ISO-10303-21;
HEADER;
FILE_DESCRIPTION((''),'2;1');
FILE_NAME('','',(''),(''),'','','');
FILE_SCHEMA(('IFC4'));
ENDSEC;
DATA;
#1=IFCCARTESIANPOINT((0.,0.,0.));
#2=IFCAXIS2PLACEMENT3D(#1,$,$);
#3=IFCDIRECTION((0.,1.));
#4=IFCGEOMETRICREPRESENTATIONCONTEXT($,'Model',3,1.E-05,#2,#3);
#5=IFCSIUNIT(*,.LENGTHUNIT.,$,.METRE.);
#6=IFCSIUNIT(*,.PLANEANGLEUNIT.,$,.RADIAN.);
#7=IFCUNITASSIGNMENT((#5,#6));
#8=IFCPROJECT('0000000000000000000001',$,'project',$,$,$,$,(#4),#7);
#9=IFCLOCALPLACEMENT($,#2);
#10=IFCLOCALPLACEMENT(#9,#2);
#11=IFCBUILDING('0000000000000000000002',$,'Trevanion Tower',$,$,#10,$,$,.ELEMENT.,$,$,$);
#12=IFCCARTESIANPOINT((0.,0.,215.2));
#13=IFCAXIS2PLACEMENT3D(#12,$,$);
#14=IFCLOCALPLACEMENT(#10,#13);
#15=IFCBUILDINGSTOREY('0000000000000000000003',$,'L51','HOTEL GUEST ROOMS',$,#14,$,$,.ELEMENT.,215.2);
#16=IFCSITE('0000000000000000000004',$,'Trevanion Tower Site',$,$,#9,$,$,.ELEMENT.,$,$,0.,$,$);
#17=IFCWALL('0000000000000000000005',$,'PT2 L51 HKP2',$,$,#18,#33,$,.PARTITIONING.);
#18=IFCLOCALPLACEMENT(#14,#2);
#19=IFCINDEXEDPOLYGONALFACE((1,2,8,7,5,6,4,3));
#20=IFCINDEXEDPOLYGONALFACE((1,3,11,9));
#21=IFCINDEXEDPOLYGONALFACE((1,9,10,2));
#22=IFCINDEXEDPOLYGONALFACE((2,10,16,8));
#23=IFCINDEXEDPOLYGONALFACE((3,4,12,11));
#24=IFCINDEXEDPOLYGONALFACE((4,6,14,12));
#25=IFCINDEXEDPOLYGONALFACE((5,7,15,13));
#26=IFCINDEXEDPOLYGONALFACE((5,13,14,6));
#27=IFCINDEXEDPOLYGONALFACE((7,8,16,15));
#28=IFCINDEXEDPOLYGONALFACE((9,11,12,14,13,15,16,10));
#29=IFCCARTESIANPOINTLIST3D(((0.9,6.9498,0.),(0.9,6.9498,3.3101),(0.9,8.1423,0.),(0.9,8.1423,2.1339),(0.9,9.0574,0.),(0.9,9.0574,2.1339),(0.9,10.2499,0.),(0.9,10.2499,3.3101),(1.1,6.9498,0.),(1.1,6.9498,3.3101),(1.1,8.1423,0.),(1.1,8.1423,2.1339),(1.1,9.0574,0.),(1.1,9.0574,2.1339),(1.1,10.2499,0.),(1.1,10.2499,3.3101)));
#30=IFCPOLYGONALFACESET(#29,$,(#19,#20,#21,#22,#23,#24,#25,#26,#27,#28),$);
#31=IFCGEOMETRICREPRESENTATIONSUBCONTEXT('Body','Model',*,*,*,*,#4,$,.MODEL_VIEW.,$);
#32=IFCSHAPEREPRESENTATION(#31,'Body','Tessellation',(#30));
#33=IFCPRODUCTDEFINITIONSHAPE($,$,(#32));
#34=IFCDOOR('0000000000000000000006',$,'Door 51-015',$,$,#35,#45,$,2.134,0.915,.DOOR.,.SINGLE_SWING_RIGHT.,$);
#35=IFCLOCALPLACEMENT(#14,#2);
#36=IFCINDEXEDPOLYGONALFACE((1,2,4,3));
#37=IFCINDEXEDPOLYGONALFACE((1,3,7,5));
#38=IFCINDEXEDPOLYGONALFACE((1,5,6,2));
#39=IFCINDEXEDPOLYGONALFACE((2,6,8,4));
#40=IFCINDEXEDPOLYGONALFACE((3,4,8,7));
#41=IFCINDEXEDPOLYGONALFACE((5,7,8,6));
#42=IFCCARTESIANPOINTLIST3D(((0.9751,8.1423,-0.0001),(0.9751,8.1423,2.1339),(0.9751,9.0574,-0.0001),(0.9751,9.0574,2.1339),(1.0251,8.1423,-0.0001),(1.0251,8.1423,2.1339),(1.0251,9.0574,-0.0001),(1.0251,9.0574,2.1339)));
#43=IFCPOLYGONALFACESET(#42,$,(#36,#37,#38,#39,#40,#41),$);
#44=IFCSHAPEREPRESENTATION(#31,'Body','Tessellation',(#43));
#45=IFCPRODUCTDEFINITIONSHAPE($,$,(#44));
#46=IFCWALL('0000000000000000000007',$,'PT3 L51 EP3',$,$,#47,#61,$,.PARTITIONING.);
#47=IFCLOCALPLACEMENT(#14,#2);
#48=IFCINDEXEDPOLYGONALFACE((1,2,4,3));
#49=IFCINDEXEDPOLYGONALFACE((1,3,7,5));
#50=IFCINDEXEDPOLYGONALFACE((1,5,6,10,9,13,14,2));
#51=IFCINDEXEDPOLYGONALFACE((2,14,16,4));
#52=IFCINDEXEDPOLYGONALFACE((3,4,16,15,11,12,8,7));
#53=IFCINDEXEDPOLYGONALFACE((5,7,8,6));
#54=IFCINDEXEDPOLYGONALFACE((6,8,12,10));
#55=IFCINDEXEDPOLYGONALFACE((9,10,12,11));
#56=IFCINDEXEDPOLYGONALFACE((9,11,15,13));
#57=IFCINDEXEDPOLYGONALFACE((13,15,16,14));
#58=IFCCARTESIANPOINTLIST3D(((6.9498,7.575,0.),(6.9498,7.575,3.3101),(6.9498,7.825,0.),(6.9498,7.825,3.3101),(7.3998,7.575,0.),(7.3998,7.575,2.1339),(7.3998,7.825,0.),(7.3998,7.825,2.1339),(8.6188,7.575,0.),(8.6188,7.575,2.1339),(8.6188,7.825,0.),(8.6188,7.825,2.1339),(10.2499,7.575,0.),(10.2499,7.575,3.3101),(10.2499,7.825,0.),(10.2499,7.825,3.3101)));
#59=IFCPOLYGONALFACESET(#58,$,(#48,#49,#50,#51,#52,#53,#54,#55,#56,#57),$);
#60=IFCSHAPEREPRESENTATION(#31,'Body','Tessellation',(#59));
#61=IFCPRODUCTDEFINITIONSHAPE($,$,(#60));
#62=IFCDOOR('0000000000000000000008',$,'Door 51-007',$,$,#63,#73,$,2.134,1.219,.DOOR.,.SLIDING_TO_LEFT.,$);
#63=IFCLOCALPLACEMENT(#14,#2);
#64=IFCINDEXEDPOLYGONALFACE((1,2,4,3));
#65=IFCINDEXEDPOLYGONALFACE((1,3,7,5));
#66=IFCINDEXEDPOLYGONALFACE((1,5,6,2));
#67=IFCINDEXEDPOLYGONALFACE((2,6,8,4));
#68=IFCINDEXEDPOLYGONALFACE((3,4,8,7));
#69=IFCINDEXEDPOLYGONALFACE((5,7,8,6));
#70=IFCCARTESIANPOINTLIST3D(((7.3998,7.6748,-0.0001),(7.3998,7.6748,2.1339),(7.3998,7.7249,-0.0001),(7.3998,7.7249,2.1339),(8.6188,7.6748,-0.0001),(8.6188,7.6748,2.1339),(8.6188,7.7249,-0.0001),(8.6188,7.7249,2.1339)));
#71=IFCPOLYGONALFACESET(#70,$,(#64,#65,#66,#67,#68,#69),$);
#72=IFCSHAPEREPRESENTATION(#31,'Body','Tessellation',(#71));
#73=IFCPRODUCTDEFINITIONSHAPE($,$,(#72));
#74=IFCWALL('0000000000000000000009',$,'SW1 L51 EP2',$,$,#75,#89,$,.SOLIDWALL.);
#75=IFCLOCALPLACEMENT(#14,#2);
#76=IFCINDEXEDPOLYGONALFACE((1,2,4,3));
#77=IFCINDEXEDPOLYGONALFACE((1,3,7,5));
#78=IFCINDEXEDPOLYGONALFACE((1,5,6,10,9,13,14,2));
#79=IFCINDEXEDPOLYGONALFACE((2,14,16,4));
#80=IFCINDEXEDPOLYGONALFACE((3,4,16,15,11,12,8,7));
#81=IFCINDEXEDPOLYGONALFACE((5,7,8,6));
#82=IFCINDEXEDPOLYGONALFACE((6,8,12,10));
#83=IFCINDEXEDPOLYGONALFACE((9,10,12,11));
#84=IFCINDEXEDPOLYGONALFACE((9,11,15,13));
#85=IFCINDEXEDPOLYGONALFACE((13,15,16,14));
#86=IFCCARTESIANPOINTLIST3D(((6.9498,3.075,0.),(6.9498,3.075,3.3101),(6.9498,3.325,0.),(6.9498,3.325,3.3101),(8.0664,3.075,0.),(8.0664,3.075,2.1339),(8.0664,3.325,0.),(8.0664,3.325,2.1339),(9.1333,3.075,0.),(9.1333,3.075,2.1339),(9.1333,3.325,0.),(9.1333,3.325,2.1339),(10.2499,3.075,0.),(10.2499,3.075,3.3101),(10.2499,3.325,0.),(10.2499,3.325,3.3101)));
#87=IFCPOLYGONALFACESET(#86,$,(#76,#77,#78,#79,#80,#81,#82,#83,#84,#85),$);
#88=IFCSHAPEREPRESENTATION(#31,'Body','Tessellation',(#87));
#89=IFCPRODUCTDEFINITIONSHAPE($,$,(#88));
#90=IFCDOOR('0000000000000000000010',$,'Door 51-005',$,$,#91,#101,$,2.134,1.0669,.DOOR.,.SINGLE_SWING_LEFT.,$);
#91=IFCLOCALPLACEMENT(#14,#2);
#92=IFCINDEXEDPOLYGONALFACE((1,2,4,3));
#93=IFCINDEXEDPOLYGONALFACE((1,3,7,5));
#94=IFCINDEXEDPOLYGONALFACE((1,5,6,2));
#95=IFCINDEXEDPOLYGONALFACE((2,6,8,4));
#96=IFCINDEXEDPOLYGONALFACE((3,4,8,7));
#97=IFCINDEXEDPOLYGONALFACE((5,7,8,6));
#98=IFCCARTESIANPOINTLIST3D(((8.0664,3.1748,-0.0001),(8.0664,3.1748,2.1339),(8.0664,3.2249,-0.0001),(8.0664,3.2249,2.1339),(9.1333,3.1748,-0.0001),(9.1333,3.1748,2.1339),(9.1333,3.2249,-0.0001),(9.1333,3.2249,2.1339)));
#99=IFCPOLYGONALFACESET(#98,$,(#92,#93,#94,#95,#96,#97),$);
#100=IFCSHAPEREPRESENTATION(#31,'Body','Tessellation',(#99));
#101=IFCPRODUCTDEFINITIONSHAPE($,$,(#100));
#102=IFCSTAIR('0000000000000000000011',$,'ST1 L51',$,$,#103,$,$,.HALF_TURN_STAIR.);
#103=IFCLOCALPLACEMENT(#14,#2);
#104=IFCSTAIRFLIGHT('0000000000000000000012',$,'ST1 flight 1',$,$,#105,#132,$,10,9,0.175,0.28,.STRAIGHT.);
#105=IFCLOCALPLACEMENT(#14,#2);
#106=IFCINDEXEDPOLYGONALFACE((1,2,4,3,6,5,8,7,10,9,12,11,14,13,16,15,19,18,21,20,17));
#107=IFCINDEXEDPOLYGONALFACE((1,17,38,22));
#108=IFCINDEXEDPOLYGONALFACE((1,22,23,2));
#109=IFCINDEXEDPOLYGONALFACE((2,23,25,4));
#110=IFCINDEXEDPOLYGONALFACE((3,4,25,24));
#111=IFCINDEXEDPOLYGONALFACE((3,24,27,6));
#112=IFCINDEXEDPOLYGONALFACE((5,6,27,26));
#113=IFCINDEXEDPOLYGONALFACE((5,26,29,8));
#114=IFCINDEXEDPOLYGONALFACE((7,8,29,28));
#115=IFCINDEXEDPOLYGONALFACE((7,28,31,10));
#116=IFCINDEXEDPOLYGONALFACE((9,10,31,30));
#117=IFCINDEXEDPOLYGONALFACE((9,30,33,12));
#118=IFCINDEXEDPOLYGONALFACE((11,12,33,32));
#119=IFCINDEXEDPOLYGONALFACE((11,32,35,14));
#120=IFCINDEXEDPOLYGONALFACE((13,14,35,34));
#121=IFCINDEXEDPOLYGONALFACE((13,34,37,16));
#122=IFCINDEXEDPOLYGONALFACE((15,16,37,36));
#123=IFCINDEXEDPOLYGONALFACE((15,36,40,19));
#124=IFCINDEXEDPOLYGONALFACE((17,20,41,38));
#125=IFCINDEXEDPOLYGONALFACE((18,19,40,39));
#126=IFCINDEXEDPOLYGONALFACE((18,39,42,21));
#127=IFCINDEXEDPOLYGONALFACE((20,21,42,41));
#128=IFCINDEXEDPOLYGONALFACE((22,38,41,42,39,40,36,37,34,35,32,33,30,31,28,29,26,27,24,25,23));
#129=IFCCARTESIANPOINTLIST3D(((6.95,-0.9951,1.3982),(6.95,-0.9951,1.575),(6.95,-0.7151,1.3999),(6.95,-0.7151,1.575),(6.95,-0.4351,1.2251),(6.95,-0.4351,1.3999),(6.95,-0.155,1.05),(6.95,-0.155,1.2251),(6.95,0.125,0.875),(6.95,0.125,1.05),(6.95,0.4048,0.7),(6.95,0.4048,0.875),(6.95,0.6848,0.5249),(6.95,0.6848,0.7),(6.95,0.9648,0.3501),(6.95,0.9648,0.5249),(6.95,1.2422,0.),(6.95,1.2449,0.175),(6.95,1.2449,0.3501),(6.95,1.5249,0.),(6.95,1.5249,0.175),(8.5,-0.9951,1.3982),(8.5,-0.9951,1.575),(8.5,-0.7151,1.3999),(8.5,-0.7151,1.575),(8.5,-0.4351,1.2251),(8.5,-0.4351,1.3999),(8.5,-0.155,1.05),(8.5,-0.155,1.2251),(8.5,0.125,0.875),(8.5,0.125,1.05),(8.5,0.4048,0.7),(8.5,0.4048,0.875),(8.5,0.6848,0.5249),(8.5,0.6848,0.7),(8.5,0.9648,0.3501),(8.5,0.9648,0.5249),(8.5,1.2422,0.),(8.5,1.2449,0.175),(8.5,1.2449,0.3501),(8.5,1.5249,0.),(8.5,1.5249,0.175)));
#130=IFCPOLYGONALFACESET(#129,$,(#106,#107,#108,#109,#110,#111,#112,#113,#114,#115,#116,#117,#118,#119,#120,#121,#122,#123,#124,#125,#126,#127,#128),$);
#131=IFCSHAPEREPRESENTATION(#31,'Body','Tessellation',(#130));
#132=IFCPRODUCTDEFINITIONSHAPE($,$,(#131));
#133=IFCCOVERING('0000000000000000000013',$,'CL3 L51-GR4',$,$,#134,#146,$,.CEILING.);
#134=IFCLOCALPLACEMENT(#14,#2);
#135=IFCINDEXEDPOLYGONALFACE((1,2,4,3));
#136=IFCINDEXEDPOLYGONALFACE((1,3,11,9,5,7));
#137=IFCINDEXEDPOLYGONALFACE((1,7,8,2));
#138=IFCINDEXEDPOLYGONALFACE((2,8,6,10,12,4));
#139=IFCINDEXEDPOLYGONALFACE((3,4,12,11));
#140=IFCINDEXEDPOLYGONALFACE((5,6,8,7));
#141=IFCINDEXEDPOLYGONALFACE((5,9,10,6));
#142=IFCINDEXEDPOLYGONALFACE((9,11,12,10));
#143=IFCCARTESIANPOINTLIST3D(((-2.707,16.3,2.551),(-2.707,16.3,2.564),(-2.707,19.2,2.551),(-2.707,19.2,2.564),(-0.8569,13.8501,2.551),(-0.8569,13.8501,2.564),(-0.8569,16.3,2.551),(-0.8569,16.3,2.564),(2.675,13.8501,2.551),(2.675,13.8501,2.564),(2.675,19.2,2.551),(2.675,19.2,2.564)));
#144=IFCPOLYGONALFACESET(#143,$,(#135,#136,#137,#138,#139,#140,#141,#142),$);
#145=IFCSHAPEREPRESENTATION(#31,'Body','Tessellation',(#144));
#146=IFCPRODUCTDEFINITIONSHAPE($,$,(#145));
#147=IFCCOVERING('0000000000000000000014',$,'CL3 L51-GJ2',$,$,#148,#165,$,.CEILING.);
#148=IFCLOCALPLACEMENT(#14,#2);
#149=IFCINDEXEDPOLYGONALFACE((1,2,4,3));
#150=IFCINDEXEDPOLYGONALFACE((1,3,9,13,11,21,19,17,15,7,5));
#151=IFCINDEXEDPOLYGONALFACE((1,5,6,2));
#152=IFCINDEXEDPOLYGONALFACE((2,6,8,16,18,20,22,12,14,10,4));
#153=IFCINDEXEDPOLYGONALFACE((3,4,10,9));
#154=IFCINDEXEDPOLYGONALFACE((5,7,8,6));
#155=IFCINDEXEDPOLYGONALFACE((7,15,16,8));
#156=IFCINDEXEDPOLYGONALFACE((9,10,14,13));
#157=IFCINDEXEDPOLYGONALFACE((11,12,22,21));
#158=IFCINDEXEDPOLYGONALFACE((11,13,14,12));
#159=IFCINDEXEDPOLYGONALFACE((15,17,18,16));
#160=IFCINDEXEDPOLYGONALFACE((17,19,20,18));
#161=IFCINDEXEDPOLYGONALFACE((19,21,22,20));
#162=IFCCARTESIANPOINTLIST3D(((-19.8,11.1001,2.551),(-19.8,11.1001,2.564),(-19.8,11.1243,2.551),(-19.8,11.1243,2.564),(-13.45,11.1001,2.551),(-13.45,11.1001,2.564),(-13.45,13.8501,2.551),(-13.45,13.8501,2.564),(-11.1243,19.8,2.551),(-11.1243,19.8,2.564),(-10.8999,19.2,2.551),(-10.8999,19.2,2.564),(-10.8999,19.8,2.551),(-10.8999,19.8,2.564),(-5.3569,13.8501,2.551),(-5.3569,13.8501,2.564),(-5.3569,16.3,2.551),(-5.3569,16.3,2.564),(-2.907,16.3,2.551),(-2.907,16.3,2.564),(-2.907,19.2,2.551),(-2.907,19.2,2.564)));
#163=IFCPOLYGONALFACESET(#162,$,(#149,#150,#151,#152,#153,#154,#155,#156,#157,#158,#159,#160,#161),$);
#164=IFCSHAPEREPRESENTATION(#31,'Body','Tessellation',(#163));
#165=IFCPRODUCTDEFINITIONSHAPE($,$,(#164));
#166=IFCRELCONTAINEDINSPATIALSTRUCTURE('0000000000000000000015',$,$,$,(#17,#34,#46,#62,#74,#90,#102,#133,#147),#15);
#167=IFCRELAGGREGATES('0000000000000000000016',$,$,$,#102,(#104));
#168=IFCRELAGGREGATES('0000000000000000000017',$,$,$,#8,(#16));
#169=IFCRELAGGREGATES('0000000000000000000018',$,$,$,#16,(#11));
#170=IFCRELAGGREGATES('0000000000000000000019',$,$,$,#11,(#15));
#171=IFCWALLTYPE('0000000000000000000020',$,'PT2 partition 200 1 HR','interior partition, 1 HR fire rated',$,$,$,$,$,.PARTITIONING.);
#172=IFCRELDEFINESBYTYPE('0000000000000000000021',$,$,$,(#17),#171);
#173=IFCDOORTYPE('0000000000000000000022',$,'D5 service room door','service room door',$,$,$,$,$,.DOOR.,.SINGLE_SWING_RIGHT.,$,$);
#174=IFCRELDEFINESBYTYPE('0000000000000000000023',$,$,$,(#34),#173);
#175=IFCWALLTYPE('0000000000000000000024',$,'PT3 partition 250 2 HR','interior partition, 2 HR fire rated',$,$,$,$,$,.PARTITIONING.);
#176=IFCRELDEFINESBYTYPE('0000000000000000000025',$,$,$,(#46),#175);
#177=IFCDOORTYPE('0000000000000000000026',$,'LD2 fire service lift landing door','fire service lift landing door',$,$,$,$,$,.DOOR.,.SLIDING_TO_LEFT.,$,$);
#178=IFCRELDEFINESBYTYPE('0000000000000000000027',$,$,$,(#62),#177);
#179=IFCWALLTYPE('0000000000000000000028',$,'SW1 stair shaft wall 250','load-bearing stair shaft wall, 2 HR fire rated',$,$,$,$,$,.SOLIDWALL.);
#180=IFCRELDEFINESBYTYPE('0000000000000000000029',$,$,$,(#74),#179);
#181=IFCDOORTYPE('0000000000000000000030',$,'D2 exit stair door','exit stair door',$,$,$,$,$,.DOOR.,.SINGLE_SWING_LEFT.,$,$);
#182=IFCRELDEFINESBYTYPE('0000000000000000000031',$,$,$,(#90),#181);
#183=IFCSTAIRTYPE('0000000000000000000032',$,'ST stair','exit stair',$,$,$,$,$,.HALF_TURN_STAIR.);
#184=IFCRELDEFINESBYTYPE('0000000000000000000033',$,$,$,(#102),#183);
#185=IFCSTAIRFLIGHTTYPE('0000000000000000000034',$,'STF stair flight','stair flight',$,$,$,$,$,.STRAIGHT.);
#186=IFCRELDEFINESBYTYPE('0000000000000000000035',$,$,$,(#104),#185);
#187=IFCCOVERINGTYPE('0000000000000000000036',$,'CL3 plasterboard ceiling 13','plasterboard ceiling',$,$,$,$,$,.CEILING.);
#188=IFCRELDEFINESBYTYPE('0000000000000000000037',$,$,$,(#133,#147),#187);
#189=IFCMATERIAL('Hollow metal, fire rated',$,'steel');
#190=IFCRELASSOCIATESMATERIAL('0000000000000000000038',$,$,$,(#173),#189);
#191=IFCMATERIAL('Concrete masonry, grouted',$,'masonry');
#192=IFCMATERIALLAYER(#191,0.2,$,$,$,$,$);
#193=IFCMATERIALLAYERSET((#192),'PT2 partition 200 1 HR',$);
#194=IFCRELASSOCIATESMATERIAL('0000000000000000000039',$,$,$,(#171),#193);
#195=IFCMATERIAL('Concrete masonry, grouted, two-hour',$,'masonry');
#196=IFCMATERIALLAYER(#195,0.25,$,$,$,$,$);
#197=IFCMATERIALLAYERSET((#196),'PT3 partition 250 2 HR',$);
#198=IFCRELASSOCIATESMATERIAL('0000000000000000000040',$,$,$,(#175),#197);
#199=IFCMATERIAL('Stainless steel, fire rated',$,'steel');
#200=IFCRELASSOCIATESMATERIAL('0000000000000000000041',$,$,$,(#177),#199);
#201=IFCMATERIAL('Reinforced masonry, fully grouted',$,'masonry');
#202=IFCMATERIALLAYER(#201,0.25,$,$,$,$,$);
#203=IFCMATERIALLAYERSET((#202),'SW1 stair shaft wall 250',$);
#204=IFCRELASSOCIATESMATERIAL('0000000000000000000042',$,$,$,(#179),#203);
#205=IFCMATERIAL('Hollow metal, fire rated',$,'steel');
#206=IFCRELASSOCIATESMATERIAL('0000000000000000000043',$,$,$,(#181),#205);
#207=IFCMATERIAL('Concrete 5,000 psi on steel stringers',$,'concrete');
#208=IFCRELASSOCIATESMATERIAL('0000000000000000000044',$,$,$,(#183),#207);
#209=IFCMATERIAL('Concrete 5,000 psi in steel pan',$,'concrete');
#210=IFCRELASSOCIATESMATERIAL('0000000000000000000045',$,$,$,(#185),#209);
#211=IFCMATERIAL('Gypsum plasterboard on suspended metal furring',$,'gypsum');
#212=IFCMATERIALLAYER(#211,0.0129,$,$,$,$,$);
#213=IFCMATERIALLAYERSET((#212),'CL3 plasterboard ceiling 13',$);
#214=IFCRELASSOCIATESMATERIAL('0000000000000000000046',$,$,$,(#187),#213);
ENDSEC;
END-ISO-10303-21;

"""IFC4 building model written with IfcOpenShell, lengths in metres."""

from ifc_helpers import new_model, si_unit, direction, frame, frame_2d, origin, place, context, subcontext, project, spatial, polyline, rectangle, outline, extrude, material, layer, layer_set, type_object, element, fill, aggregate, save


model = new_model("IFC4")

# Units and contexts
model_context = context("Model", 3, precision=1e-05, world=origin(), true_north=direction((0.0, 1.0)))
body_context = subcontext(model_context, "Body", "Model", "MODEL_VIEW")
ifc_project = project(units=[si_unit("LENGTHUNIT", "METRE"), si_unit("PLANEANGLEUNIT", "RADIAN")], contexts=[model_context])

# Site, building, storey
site_placement = place(None, origin())
site = spatial("IfcSite", under=ifc_project, at=site_placement, Name="Trevanion Tower Site", CompositionType="ELEMENT", RefElevation=0.0)
building_placement = place(site_placement, origin())
building = spatial("IfcBuilding", under=site, at=building_placement, Name="Trevanion Tower", CompositionType="ELEMENT")
storey_placement = place(building_placement, frame((0.0, 0.0, 215.2)))
storey = spatial("IfcBuildingStorey", under=building, at=storey_placement, Name="L51", Description="HOTEL GUEST ROOMS", CompositionType="ELEMENT", Elevation=215.2)

# Shared definitions
ifc_material_1 = material(Name="Hollow metal, fire rated", Category="steel")
door_type_1 = type_object("IfcDoorType", Name="D5 service room door", Description="service room door", OperationType="SINGLE_SWING_RIGHT", PredefinedType="DOOR", material=ifc_material_1)

# Walls, openings, doors
ifc_material_2 = material(Name="Concrete masonry, grouted", Category="masonry")
ifc_layer_1 = layer(ifc_material_2, 0.2)
ifc_layer_set_1 = layer_set([ifc_layer_1], Name="PT2 partition 200 1 HR")
wall_type_1 = type_object("IfcWallType", Name="PT2 partition 200 1 HR", Description="interior partition, 1 HR fire rated", PredefinedType="PARTITIONING", material=ifc_layer_set_1)
wall_1_placement = place(storey_placement, frame((1.0, 6.95, 0.0), z_axis=(0.0, 0.0, 1.0), x_axis=(0.0, 1.0, 0.0)))
wall_1 = element("IfcWall", 1, at=wall_1_placement, inside=storey, type_object=wall_type_1, Name="PT2 L51 HKP2", PredefinedType="PARTITIONING", context=body_context, shape_type="SweptSolid", body=[
    extrude(rectangle(XDim=3.3, YDim=0.2, at=frame_2d((1.6499, 0.0))), origin(), (0.0, 0.0, 1.0), 3.3101),
])
opening_1_placement = place(wall_1_placement, frame((1.1924, 0.0, 0.0)))
opening_1 = element("IfcOpeningElement", 2, at=opening_1_placement, cuts=wall_1, PredefinedType="OPENING", context=body_context, shape_type="SweptSolid", body=[
    extrude(rectangle(XDim=0.915, YDim=2.134, at=frame_2d((0.4575, 1.0669))), frame((0.0, 0.1099, 0.0), z_axis=(0.0, -1.0, 0.0), x_axis=(1.0, 0.0, 0.0)), (0.0, 0.0, 1.0), 0.22),
])
door_1_placement = place(opening_1_placement, origin())
door_1 = element("IfcDoor", 3, at=door_1_placement, inside=storey, type_object=door_type_1, Name="Door 51-015", OperationType="SINGLE_SWING_RIGHT", OverallHeight=2.134, OverallWidth=0.915, PredefinedType="DOOR", context=body_context, shape_type="SweptSolid", body=[
    extrude(rectangle(XDim=0.915, YDim=2.134, at=frame_2d((0.4575, 1.0669))), frame((0.0, 0.0249, 0.0), z_axis=(0.0, -1.0, 0.0), x_axis=(1.0, 0.0, 0.0)), (0.0, 0.0, 1.0), 0.05),
])
fill(opening_1, door_1)
ifc_material_3 = material(Name="Concrete masonry, grouted, two-hour", Category="masonry")
ifc_layer_2 = layer(ifc_material_3, 0.25)
ifc_layer_set_2 = layer_set([ifc_layer_2], Name="PT3 partition 250 2 HR")
wall_type_2 = type_object("IfcWallType", Name="PT3 partition 250 2 HR", Description="interior partition, 2 HR fire rated", PredefinedType="PARTITIONING", material=ifc_layer_set_2)
wall_2_placement = place(storey_placement, frame((6.95, 7.7, 0.0), z_axis=(0.0, 0.0, 1.0), x_axis=(1.0, 0.0, 0.0)))
wall_2 = element("IfcWall", 4, at=wall_2_placement, inside=storey, type_object=wall_type_2, Name="PT3 L51 EP3", PredefinedType="PARTITIONING", context=body_context, shape_type="SweptSolid", body=[
    extrude(rectangle(XDim=3.3, YDim=0.25, at=frame_2d((1.6499, 0.0))), origin(), (0.0, 0.0, 1.0), 3.3101),
])
opening_2_placement = place(wall_2_placement, frame((0.45, 0.0, 0.0)))
opening_2 = element("IfcOpeningElement", 5, at=opening_2_placement, cuts=wall_2, PredefinedType="OPENING", context=body_context, shape_type="SweptSolid", body=[
    extrude(rectangle(XDim=1.219, YDim=2.134, at=frame_2d((0.6094, 1.0669))), frame((0.0, 0.135, 0.0), z_axis=(0.0, -1.0, 0.0), x_axis=(1.0, 0.0, 0.0)), (0.0, 0.0, 1.0), 0.27),
])
ifc_material_4 = material(Name="Stainless steel, fire rated", Category="steel")
door_type_2 = type_object("IfcDoorType", Name="LD2 fire service lift landing door", Description="fire service lift landing door", OperationType="SLIDING_TO_LEFT", PredefinedType="DOOR", material=ifc_material_4)
door_2_placement = place(opening_2_placement, origin())
door_2 = element("IfcDoor", 6, at=door_2_placement, inside=storey, type_object=door_type_2, Name="Door 51-007", OperationType="SLIDING_TO_LEFT", OverallHeight=2.134, OverallWidth=1.219, PredefinedType="DOOR", context=body_context, shape_type="SweptSolid", body=[
    extrude(rectangle(XDim=1.219, YDim=2.134, at=frame_2d((0.6094, 1.0669))), frame((0.0, 0.0249, 0.0), z_axis=(0.0, -1.0, 0.0), x_axis=(1.0, 0.0, 0.0)), (0.0, 0.0, 1.0), 0.05),
])
fill(opening_2, door_2)
ifc_material_5 = material(Name="Reinforced masonry, fully grouted", Category="masonry")
ifc_layer_3 = layer(ifc_material_5, 0.25)
ifc_layer_set_3 = layer_set([ifc_layer_3], Name="SW1 stair shaft wall 250")
wall_type_3 = type_object("IfcWallType", Name="SW1 stair shaft wall 250", Description="load-bearing stair shaft wall, 2 HR fire rated", PredefinedType="SOLIDWALL", material=ifc_layer_set_3)
wall_3_placement = place(storey_placement, frame((6.95, 3.2, 0.0), z_axis=(0.0, 0.0, 1.0), x_axis=(1.0, 0.0, 0.0)))
wall_3 = element("IfcWall", 7, at=wall_3_placement, inside=storey, type_object=wall_type_3, Name="SW1 L51 EP2", PredefinedType="SOLIDWALL", context=body_context, shape_type="SweptSolid", body=[
    extrude(rectangle(XDim=3.3, YDim=0.25, at=frame_2d((1.6499, 0.0))), origin(), (0.0, 0.0, 1.0), 3.3101),
])
opening_3_placement = place(wall_3_placement, frame((1.1165, 0.0, 0.0)))
opening_3 = element("IfcOpeningElement", 8, at=opening_3_placement, cuts=wall_3, PredefinedType="OPENING", context=body_context, shape_type="SweptSolid", body=[
    extrude(rectangle(XDim=1.0669, YDim=2.134, at=frame_2d((0.5334, 1.0669))), frame((0.0, 0.135, 0.0), z_axis=(0.0, -1.0, 0.0), x_axis=(1.0, 0.0, 0.0)), (0.0, 0.0, 1.0), 0.27),
])
ifc_material_6 = material(Name="Hollow metal, fire rated", Category="steel")
door_type_3 = type_object("IfcDoorType", Name="D2 exit stair door", Description="exit stair door", OperationType="SINGLE_SWING_LEFT", PredefinedType="DOOR", material=ifc_material_6)
door_3_placement = place(opening_3_placement, origin())
door_3 = element("IfcDoor", 9, at=door_3_placement, inside=storey, type_object=door_type_3, Name="Door 51-005", OperationType="SINGLE_SWING_LEFT", OverallHeight=2.134, OverallWidth=1.0669, PredefinedType="DOOR", context=body_context, shape_type="SweptSolid", body=[
    extrude(rectangle(XDim=1.0669, YDim=2.134, at=frame_2d((0.5334, 1.0669))), frame((0.0, 0.0249, 0.0), z_axis=(0.0, -1.0, 0.0), x_axis=(1.0, 0.0, 0.0)), (0.0, 0.0, 1.0), 0.05),
])
fill(opening_3, door_3)

# Stair, stair flight
ifc_material_7 = material(Name="Concrete 5,000 psi on steel stringers", Category="concrete")
stair_type = type_object("IfcStairType", Name="ST stair", Description="exit stair", PredefinedType="HALF_TURN_STAIR", material=ifc_material_7)
stair_placement = place(storey_placement, origin())
stair = element("IfcStair", 10, at=stair_placement, inside=storey, type_object=stair_type, Name="ST1 L51", PredefinedType="HALF_TURN_STAIR")
ifc_material_8 = material(Name="Concrete 5,000 psi in steel pan", Category="concrete")
stair_flight_type = type_object("IfcStairFlightType", Name="STF stair flight", Description="stair flight", PredefinedType="STRAIGHT", material=ifc_material_8)
stair_flight_placement = place(storey_placement, frame((7.7251, 1.5249, 0.0), z_axis=(0.0, 0.0, 1.0), x_axis=(0.0, -1.0, 0.0)))
stair_flight = element("IfcStairFlight", 11, at=stair_flight_placement, type_object=stair_flight_type, Name="ST1 flight 1", NumberOfRisers=10, NumberOfTreads=9, PredefinedType="STRAIGHT", RiserHeight=0.175, TreadLength=0.28, context=body_context, shape_type="SweptSolid", body=[
    extrude(outline(polyline([(0.0, 0.0), (0.0, 0.175), (0.28, 0.175), (0.28, 0.3501), (0.5601, 0.3501), (0.5601, 0.5249), (0.8401, 0.5249), (0.8401, 0.7), (1.1201, 0.7), (1.1201, 0.875), (1.3999, 0.875), (1.3999, 1.05), (1.6799, 1.05), (1.6799, 1.2251), (1.96, 1.2251), (1.96, 1.3999), (2.24, 1.3999), (2.24, 1.575), (2.52, 1.575), (2.52, 1.75), (2.52, 1.3982), (0.2827, 0.0), (0.0, 0.0)])), frame((0.0, 0.7749, 0.0), z_axis=(0.0, -1.0, 0.0), x_axis=(1.0, 0.0, 0.0)), (0.0, 0.0, 1.0), 1.55),
])
aggregate(stair, [stair_flight])

# Coverings
ifc_material_9 = material(Name="Gypsum plasterboard on suspended metal furring", Category="gypsum")
ifc_layer_4 = layer(ifc_material_9, 0.0129)
ifc_layer_set_4 = layer_set([ifc_layer_4], Name="CL3 plasterboard ceiling 13")
covering_type_1 = type_object("IfcCoveringType", Name="CL3 plasterboard ceiling 13", Description="plasterboard ceiling", PredefinedType="CEILING", material=ifc_layer_set_4)
covering_1_placement = place(storey_placement, frame((0.0, 0.0, 2.551)))
element("IfcCovering", 12, at=covering_1_placement, inside=storey, type_object=covering_type_1, Name="CL3 L51-GR4", PredefinedType="CEILING", context=body_context, shape_type="SweptSolid", body=[
    extrude(outline(polyline([(-0.8569, 13.8501), (-0.8569, 16.3), (-2.707, 16.3), (-2.707, 19.2), (2.675, 19.2), (2.675, 13.8501), (-0.8569, 13.8501)])), origin(), (0.0, 0.0, 1.0), 0.0129),
])
covering_2_placement = place(storey_placement, frame((0.0, 0.0, 2.551)))
element("IfcCovering", 13, at=covering_2_placement, inside=storey, type_object=covering_type_1, Name="CL3 L51-GJ2", PredefinedType="CEILING", context=body_context, shape_type="SweptSolid", body=[
    extrude(outline(polyline([(-13.45, 11.1001), (-19.8, 11.1001), (-19.8, 11.1243), (-11.1243, 19.8), (-10.8999, 19.8), (-10.8999, 19.2), (-2.907, 19.2), (-2.907, 16.3), (-5.3569, 16.3), (-5.3569, 13.8501), (-13.45, 13.8501), (-13.45, 11.1001)])), origin(), (0.0, 0.0, 1.0), 0.0129),
])

save(model, "model.ifc")
